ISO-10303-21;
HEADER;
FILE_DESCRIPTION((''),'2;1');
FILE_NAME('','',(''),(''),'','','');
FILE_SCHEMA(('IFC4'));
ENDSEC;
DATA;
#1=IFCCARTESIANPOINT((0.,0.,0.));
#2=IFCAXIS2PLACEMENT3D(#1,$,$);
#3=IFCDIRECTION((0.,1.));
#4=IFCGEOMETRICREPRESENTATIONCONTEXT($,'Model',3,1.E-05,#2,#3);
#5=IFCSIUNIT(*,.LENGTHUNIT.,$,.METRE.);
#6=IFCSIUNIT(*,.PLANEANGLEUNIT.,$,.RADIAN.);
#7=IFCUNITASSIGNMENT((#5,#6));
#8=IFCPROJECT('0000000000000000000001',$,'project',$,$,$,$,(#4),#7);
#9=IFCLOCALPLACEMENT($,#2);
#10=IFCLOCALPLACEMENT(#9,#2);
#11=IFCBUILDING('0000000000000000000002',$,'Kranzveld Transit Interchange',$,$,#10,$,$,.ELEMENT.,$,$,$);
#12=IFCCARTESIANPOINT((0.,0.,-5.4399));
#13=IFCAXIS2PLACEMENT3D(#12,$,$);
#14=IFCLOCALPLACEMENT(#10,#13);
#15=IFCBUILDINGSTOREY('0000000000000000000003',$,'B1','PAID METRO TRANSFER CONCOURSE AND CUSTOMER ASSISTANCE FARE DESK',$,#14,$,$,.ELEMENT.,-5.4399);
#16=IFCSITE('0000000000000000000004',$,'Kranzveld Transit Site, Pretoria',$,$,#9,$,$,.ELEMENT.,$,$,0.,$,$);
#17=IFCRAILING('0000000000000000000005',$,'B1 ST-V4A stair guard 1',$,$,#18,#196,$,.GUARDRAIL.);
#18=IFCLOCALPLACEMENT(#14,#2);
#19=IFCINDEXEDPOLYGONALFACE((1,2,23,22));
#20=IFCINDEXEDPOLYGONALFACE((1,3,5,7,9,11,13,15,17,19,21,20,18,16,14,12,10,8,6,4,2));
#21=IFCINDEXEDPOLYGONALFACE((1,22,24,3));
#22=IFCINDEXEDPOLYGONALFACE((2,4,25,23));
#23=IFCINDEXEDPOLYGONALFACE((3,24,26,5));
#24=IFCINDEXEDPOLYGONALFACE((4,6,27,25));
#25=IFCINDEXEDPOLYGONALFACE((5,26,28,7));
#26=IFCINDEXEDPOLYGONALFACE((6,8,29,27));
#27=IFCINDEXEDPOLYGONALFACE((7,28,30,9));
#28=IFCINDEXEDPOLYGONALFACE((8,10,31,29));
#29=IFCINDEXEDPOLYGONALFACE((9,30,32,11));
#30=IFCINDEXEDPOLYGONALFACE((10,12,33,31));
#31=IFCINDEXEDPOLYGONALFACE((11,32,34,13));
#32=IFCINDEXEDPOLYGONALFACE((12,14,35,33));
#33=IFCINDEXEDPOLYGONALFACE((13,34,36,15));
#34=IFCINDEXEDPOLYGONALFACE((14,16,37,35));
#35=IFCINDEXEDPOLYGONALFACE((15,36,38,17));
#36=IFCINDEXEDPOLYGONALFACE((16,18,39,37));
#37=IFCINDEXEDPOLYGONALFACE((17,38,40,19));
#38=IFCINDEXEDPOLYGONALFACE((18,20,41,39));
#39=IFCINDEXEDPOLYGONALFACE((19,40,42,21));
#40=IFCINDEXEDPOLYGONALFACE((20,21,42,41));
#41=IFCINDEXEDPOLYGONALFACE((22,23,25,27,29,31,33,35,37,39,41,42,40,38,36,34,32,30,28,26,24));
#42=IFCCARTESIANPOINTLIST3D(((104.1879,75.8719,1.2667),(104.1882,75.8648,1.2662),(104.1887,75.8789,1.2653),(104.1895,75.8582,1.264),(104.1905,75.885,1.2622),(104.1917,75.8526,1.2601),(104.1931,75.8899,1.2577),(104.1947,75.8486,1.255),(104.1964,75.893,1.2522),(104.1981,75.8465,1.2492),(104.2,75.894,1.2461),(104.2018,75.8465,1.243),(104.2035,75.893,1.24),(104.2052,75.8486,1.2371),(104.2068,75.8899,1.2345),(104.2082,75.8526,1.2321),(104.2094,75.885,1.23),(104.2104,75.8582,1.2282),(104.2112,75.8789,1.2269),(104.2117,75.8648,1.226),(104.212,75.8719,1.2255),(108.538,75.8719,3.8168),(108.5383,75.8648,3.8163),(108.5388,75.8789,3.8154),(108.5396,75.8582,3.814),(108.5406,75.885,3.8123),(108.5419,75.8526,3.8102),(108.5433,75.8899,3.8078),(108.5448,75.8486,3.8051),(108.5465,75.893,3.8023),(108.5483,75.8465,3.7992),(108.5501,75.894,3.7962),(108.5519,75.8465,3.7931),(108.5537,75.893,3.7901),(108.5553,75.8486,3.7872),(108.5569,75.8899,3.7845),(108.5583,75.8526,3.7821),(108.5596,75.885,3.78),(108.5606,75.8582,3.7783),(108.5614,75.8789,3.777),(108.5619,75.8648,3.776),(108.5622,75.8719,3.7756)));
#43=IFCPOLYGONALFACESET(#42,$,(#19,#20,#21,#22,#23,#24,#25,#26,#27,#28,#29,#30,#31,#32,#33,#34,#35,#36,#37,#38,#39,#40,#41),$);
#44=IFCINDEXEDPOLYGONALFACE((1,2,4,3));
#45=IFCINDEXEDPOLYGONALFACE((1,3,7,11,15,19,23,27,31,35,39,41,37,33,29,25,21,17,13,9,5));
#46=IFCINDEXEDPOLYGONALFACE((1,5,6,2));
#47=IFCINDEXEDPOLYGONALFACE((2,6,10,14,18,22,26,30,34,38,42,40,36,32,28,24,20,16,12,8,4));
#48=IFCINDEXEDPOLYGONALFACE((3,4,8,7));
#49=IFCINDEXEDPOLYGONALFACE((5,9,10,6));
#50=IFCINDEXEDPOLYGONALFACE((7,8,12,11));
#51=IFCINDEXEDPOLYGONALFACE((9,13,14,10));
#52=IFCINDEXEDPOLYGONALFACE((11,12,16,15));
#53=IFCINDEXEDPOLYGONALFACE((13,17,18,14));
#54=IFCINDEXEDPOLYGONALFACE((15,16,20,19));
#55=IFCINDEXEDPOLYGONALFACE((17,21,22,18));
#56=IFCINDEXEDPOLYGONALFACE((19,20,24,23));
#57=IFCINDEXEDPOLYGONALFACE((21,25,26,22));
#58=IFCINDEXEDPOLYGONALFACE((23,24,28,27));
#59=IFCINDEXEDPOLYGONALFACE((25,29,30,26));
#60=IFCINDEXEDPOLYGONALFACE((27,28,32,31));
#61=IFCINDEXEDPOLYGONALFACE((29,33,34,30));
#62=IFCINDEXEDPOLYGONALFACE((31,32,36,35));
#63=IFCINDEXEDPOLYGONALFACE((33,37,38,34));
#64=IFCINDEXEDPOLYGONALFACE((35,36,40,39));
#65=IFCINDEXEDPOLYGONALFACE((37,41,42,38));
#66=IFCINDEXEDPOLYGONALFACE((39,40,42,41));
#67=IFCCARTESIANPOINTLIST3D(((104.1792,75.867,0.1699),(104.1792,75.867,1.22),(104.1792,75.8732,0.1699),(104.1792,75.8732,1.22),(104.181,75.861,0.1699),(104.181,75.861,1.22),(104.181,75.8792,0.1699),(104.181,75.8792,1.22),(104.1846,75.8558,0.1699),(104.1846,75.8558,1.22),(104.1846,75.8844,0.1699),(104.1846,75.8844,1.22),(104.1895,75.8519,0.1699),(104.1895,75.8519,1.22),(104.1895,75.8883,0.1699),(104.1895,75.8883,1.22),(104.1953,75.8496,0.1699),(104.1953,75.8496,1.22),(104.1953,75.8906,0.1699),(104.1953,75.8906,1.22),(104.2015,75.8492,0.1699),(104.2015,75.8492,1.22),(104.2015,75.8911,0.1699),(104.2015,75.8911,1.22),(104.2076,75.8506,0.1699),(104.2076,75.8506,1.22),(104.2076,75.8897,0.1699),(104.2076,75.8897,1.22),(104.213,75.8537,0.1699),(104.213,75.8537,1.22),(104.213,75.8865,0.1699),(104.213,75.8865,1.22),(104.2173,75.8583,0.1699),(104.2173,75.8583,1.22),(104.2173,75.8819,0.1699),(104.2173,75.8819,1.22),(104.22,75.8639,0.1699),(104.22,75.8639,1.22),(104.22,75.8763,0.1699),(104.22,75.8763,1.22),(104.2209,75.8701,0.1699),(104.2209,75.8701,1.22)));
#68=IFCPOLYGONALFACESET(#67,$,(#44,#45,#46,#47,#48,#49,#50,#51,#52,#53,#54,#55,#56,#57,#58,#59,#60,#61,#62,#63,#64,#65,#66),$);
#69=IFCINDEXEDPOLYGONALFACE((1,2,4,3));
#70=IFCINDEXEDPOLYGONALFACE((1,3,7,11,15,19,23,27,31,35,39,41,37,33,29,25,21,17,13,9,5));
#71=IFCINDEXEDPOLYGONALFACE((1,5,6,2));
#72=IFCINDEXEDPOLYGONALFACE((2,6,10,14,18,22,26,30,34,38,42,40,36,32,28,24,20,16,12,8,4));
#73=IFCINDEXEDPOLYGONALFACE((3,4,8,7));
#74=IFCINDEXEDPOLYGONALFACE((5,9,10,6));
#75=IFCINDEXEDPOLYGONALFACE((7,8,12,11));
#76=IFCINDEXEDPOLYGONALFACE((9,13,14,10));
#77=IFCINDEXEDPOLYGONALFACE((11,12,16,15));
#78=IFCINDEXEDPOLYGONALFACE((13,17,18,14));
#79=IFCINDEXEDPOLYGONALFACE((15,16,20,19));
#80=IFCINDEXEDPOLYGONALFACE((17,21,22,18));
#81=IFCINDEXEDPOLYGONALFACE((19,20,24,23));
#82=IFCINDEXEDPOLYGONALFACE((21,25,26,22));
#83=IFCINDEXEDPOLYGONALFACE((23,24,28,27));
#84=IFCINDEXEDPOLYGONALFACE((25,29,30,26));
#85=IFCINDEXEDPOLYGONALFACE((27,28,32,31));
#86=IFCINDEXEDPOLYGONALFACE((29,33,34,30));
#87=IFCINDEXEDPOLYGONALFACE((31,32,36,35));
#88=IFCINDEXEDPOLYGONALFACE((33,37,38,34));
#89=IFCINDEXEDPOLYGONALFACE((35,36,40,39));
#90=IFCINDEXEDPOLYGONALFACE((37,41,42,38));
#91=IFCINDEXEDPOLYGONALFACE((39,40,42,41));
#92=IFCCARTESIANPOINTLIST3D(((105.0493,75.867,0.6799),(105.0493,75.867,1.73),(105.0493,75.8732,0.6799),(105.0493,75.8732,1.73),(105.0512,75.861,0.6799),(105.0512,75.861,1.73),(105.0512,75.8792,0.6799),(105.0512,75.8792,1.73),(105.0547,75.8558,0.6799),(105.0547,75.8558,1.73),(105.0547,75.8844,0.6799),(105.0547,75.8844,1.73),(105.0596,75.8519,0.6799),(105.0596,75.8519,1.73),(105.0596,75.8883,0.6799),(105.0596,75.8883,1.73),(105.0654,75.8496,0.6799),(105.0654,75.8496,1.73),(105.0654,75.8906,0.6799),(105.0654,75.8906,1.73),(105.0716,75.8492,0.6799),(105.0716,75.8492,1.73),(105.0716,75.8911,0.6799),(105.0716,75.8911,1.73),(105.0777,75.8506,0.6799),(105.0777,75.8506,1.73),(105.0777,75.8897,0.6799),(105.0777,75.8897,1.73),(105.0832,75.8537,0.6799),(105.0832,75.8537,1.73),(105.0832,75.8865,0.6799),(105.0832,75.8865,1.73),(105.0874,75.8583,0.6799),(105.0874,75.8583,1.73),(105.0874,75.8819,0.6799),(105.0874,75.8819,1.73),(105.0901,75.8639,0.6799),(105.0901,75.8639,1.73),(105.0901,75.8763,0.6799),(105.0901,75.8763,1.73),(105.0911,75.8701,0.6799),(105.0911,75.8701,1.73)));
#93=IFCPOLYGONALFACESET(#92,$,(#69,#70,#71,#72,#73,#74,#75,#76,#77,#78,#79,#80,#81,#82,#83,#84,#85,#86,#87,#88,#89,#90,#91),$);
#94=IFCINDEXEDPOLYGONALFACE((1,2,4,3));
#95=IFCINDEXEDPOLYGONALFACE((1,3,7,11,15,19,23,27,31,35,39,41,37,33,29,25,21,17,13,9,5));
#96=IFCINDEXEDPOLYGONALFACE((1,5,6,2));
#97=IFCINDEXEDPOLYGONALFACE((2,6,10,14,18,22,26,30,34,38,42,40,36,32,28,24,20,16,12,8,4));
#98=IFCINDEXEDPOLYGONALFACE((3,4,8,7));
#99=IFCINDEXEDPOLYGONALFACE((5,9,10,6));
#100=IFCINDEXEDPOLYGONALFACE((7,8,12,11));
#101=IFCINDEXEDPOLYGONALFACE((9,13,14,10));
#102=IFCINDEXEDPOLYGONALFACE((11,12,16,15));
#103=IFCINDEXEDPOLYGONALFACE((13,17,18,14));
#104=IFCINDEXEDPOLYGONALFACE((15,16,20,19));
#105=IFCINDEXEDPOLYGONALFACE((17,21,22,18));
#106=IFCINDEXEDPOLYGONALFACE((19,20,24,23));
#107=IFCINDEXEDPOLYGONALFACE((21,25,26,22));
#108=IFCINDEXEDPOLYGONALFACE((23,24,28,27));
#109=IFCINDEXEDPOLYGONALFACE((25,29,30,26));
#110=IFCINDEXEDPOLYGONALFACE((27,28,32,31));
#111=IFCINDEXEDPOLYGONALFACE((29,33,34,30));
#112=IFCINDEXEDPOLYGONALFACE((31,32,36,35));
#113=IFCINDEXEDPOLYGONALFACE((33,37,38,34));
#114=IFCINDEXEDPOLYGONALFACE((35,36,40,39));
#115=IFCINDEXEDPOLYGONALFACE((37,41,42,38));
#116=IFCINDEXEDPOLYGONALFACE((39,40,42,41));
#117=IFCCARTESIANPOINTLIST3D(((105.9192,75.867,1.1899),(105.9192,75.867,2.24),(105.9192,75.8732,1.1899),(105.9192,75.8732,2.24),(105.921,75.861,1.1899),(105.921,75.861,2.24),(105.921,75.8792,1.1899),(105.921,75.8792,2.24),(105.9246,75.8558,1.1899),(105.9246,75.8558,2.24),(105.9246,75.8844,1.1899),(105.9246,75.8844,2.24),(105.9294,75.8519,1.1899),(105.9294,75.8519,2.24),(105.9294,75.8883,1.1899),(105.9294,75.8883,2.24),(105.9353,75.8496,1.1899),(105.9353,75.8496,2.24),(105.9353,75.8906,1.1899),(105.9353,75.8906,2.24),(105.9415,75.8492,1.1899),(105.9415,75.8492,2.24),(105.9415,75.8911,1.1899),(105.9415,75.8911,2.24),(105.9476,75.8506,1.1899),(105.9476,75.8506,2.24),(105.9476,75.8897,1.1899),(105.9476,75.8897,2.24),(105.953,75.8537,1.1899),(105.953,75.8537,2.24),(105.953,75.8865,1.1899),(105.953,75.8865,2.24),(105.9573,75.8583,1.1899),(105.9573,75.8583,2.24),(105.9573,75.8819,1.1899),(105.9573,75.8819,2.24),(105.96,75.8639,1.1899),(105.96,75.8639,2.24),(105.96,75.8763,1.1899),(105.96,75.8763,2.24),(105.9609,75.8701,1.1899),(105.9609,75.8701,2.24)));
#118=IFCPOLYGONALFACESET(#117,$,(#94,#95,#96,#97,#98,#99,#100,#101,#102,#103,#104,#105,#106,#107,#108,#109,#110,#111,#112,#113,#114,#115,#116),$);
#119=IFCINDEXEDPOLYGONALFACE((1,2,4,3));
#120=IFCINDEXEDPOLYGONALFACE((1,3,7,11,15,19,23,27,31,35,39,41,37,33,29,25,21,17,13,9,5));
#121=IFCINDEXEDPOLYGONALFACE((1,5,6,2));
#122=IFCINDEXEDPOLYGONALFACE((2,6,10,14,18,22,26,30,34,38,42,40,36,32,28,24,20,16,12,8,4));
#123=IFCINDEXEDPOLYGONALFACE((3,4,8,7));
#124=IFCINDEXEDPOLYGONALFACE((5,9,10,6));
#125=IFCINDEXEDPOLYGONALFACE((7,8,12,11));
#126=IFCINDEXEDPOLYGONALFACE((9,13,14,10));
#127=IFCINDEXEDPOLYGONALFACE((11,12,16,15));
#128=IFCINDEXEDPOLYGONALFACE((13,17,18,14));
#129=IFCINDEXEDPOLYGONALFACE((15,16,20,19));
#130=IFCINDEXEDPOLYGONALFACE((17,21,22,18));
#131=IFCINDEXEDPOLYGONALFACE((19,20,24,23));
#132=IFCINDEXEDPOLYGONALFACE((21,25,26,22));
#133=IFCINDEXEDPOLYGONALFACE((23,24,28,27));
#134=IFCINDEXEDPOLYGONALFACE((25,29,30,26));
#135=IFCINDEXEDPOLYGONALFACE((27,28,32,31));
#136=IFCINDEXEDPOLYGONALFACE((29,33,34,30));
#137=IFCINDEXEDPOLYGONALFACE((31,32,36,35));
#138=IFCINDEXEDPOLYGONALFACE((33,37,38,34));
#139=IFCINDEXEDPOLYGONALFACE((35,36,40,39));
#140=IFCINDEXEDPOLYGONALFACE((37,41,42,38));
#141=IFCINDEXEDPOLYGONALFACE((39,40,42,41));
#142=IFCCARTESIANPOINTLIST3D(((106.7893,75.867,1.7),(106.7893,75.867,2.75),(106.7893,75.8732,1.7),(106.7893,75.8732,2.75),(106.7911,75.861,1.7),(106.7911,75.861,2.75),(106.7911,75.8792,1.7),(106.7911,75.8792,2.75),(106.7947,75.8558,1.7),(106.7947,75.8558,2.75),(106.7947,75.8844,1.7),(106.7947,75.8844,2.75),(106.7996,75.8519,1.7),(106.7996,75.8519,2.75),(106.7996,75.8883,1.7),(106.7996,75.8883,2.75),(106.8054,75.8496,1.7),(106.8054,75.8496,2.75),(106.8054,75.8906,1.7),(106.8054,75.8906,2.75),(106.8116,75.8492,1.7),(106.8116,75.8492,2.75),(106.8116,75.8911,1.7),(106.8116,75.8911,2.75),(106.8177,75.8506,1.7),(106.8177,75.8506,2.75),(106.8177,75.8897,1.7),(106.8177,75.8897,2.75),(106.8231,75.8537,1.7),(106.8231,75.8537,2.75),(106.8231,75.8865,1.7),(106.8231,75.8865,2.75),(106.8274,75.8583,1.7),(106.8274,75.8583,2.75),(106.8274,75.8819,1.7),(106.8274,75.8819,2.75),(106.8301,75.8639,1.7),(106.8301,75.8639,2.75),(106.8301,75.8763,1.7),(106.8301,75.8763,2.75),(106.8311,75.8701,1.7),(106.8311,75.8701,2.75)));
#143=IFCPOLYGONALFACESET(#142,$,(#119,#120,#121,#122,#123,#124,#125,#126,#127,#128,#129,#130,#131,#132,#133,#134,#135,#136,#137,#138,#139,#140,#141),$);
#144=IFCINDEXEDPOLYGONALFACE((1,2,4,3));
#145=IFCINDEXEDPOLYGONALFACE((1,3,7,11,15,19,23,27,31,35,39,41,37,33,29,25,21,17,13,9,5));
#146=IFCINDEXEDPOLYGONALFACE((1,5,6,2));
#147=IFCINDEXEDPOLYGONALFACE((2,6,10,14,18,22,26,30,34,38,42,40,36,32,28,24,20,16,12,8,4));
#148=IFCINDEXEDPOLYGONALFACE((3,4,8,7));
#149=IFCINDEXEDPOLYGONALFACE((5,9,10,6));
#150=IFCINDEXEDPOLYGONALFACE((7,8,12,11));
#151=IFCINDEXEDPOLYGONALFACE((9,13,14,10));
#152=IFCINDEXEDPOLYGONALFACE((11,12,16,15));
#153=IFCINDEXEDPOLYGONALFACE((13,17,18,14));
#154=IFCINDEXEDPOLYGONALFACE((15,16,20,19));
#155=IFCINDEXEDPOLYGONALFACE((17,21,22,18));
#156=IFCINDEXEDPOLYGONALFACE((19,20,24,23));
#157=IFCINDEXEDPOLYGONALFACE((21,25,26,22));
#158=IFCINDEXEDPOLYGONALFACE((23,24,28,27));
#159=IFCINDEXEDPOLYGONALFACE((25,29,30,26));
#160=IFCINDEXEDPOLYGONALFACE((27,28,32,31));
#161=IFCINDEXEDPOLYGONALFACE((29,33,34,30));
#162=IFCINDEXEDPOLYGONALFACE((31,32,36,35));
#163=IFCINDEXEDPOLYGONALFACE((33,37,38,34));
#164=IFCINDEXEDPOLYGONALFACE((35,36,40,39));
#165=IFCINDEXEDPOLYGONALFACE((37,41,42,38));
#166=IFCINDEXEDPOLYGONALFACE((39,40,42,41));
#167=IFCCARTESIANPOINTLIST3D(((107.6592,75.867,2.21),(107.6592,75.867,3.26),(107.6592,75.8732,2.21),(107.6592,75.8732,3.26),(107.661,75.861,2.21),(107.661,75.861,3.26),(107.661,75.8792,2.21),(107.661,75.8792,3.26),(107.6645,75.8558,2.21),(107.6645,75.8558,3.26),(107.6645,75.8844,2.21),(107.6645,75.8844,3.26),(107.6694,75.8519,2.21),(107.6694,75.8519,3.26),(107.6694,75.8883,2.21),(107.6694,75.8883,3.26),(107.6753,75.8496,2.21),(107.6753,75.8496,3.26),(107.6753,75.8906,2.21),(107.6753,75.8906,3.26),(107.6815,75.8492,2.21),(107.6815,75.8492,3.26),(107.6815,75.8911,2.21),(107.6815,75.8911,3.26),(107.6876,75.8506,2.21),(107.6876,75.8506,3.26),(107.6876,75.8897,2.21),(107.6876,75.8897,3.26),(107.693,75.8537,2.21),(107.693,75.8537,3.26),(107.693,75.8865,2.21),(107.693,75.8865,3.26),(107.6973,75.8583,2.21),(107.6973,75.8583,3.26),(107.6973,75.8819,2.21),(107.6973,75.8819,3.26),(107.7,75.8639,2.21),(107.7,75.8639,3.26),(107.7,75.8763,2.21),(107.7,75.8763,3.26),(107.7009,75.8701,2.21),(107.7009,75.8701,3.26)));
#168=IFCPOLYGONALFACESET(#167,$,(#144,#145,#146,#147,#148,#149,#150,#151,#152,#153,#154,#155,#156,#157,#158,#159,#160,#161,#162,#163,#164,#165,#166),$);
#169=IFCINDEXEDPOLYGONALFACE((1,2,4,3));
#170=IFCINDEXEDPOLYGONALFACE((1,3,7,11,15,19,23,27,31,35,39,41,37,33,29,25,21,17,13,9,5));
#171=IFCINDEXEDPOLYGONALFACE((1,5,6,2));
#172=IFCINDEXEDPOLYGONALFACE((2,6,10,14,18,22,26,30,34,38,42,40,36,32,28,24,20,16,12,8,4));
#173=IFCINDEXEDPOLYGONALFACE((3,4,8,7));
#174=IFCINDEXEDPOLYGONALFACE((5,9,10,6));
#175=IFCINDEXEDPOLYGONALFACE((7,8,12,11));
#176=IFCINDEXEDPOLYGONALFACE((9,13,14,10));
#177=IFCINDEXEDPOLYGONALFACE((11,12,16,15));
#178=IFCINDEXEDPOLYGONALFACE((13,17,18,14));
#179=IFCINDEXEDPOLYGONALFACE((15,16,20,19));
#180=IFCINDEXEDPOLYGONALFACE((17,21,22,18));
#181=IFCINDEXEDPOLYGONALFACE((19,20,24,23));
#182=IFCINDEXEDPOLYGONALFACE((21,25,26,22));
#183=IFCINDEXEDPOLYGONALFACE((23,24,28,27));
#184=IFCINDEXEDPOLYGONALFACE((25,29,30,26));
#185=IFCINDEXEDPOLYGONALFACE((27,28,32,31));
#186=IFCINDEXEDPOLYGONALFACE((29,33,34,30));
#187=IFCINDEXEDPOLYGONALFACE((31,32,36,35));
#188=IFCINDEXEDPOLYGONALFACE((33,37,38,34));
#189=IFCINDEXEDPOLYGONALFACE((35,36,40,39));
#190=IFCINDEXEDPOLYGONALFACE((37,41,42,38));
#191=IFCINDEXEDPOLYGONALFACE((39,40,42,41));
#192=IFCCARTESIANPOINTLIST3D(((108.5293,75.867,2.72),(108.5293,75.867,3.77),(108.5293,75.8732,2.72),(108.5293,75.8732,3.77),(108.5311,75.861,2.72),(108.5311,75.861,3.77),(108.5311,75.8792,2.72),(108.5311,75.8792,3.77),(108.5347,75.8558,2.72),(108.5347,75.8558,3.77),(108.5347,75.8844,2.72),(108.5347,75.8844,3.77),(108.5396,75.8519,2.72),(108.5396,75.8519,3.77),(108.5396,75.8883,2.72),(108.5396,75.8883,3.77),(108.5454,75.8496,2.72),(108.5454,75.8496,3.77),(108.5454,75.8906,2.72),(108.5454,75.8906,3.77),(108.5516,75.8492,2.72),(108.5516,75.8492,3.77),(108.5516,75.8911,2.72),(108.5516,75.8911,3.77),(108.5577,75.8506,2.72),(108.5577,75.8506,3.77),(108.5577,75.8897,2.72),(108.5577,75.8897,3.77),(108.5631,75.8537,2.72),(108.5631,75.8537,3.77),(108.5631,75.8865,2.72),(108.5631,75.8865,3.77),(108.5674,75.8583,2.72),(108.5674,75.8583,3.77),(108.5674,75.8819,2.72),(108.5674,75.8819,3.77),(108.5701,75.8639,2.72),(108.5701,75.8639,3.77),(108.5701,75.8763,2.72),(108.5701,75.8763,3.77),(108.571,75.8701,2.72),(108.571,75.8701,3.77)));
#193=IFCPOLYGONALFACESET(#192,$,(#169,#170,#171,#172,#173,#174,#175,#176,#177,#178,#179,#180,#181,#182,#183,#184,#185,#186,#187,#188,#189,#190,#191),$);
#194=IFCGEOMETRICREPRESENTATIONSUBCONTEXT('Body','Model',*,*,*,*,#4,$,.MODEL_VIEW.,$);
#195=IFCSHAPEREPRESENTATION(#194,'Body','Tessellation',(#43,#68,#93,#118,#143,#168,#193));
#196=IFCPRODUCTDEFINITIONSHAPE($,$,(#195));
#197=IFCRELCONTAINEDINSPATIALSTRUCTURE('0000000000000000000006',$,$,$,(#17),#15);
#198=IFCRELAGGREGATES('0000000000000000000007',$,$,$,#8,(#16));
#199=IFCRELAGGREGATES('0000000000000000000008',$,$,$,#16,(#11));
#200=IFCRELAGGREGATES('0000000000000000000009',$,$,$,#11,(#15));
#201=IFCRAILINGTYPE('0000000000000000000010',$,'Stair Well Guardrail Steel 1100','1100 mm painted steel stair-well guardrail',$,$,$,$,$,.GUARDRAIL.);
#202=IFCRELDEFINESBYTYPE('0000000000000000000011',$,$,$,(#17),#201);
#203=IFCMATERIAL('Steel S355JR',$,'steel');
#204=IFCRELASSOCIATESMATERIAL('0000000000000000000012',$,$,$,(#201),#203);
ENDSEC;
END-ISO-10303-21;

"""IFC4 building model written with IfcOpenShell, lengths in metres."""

from ifc_helpers import new_model, si_unit, direction, frame, origin, origin_2d, place, context, subcontext, project, spatial, circle, extrude, material, type_object, element, save


model = new_model("IFC4")

# Units and contexts
model_context = context("Model", 3, precision=1e-05, world=origin(), true_north=direction((0.0, 1.0)))
body_context = subcontext(model_context, "Body", "Model", "MODEL_VIEW")
ifc_project = project(units=[si_unit("LENGTHUNIT", "METRE"), si_unit("PLANEANGLEUNIT", "RADIAN")], contexts=[model_context])

# Site, building, storey
site_placement = place(None, origin())
site = spatial("IfcSite", under=ifc_project, at=site_placement, Name="Kranzveld Transit Site, Pretoria", CompositionType="ELEMENT", RefElevation=0.0)
building_placement = place(site_placement, origin())
building = spatial("IfcBuilding", under=site, at=building_placement, Name="Kranzveld Transit Interchange", CompositionType="ELEMENT")
storey_placement = place(building_placement, frame((0.0, 0.0, -5.4399)))
storey = spatial("IfcBuildingStorey", under=building, at=storey_placement, Name="B1", Description="PAID METRO TRANSFER CONCOURSE AND CUSTOMER ASSISTANCE FARE DESK", CompositionType="ELEMENT", Elevation=-5.4399)

# Railing
ifc_material_1 = material(Name="Steel S355JR", Category="steel")
railing_type_1 = type_object("IfcRailingType", Name="Stair Well Guardrail Steel 1100", Description="1100 mm painted steel stair-well guardrail", PredefinedType="GUARDRAIL", material=ifc_material_1)
railing_1_placement = place(storey_placement, frame((104.2, 75.8701, 0.1699)))
element("IfcRailing", 1, at=railing_1_placement, inside=storey, type_object=railing_type_1, Name="B1 ST-V4A stair guard 1", PredefinedType="GUARDRAIL", context=body_context, shape_type="SweptSolid", body=[
    extrude(circle(Radius=0.0239, at=origin_2d()), frame((0.0, 0.0, 1.0762), z_axis=(0.862699, 0.0, 0.505718), x_axis=(0.0, 1.0, 0.0)), (0.0, 0.0, 1.0), 5.0425),
    extrude(circle(Radius=0.021, at=origin_2d()), origin(), (0.0, 0.0, 1.0), 1.05),
    extrude(circle(Radius=0.021, at=origin_2d()), frame((0.8701, 0.0, 0.51)), (0.0, 0.0, 1.0), 1.05),
    extrude(circle(Radius=0.021, at=origin_2d()), frame((1.74, 0.0, 1.02)), (0.0, 0.0, 1.0), 1.05),
    extrude(circle(Radius=0.021, at=origin_2d()), frame((2.6101, 0.0, 1.53)), (0.0, 0.0, 1.0), 1.05),
    extrude(circle(Radius=0.021, at=origin_2d()), frame((3.48, 0.0, 2.04)), (0.0, 0.0, 1.0), 1.05),
    extrude(circle(Radius=0.021, at=origin_2d()), frame((4.3501, 0.0, 2.55)), (0.0, 0.0, 1.0), 1.05),
])

save(model, "model.ifc")
